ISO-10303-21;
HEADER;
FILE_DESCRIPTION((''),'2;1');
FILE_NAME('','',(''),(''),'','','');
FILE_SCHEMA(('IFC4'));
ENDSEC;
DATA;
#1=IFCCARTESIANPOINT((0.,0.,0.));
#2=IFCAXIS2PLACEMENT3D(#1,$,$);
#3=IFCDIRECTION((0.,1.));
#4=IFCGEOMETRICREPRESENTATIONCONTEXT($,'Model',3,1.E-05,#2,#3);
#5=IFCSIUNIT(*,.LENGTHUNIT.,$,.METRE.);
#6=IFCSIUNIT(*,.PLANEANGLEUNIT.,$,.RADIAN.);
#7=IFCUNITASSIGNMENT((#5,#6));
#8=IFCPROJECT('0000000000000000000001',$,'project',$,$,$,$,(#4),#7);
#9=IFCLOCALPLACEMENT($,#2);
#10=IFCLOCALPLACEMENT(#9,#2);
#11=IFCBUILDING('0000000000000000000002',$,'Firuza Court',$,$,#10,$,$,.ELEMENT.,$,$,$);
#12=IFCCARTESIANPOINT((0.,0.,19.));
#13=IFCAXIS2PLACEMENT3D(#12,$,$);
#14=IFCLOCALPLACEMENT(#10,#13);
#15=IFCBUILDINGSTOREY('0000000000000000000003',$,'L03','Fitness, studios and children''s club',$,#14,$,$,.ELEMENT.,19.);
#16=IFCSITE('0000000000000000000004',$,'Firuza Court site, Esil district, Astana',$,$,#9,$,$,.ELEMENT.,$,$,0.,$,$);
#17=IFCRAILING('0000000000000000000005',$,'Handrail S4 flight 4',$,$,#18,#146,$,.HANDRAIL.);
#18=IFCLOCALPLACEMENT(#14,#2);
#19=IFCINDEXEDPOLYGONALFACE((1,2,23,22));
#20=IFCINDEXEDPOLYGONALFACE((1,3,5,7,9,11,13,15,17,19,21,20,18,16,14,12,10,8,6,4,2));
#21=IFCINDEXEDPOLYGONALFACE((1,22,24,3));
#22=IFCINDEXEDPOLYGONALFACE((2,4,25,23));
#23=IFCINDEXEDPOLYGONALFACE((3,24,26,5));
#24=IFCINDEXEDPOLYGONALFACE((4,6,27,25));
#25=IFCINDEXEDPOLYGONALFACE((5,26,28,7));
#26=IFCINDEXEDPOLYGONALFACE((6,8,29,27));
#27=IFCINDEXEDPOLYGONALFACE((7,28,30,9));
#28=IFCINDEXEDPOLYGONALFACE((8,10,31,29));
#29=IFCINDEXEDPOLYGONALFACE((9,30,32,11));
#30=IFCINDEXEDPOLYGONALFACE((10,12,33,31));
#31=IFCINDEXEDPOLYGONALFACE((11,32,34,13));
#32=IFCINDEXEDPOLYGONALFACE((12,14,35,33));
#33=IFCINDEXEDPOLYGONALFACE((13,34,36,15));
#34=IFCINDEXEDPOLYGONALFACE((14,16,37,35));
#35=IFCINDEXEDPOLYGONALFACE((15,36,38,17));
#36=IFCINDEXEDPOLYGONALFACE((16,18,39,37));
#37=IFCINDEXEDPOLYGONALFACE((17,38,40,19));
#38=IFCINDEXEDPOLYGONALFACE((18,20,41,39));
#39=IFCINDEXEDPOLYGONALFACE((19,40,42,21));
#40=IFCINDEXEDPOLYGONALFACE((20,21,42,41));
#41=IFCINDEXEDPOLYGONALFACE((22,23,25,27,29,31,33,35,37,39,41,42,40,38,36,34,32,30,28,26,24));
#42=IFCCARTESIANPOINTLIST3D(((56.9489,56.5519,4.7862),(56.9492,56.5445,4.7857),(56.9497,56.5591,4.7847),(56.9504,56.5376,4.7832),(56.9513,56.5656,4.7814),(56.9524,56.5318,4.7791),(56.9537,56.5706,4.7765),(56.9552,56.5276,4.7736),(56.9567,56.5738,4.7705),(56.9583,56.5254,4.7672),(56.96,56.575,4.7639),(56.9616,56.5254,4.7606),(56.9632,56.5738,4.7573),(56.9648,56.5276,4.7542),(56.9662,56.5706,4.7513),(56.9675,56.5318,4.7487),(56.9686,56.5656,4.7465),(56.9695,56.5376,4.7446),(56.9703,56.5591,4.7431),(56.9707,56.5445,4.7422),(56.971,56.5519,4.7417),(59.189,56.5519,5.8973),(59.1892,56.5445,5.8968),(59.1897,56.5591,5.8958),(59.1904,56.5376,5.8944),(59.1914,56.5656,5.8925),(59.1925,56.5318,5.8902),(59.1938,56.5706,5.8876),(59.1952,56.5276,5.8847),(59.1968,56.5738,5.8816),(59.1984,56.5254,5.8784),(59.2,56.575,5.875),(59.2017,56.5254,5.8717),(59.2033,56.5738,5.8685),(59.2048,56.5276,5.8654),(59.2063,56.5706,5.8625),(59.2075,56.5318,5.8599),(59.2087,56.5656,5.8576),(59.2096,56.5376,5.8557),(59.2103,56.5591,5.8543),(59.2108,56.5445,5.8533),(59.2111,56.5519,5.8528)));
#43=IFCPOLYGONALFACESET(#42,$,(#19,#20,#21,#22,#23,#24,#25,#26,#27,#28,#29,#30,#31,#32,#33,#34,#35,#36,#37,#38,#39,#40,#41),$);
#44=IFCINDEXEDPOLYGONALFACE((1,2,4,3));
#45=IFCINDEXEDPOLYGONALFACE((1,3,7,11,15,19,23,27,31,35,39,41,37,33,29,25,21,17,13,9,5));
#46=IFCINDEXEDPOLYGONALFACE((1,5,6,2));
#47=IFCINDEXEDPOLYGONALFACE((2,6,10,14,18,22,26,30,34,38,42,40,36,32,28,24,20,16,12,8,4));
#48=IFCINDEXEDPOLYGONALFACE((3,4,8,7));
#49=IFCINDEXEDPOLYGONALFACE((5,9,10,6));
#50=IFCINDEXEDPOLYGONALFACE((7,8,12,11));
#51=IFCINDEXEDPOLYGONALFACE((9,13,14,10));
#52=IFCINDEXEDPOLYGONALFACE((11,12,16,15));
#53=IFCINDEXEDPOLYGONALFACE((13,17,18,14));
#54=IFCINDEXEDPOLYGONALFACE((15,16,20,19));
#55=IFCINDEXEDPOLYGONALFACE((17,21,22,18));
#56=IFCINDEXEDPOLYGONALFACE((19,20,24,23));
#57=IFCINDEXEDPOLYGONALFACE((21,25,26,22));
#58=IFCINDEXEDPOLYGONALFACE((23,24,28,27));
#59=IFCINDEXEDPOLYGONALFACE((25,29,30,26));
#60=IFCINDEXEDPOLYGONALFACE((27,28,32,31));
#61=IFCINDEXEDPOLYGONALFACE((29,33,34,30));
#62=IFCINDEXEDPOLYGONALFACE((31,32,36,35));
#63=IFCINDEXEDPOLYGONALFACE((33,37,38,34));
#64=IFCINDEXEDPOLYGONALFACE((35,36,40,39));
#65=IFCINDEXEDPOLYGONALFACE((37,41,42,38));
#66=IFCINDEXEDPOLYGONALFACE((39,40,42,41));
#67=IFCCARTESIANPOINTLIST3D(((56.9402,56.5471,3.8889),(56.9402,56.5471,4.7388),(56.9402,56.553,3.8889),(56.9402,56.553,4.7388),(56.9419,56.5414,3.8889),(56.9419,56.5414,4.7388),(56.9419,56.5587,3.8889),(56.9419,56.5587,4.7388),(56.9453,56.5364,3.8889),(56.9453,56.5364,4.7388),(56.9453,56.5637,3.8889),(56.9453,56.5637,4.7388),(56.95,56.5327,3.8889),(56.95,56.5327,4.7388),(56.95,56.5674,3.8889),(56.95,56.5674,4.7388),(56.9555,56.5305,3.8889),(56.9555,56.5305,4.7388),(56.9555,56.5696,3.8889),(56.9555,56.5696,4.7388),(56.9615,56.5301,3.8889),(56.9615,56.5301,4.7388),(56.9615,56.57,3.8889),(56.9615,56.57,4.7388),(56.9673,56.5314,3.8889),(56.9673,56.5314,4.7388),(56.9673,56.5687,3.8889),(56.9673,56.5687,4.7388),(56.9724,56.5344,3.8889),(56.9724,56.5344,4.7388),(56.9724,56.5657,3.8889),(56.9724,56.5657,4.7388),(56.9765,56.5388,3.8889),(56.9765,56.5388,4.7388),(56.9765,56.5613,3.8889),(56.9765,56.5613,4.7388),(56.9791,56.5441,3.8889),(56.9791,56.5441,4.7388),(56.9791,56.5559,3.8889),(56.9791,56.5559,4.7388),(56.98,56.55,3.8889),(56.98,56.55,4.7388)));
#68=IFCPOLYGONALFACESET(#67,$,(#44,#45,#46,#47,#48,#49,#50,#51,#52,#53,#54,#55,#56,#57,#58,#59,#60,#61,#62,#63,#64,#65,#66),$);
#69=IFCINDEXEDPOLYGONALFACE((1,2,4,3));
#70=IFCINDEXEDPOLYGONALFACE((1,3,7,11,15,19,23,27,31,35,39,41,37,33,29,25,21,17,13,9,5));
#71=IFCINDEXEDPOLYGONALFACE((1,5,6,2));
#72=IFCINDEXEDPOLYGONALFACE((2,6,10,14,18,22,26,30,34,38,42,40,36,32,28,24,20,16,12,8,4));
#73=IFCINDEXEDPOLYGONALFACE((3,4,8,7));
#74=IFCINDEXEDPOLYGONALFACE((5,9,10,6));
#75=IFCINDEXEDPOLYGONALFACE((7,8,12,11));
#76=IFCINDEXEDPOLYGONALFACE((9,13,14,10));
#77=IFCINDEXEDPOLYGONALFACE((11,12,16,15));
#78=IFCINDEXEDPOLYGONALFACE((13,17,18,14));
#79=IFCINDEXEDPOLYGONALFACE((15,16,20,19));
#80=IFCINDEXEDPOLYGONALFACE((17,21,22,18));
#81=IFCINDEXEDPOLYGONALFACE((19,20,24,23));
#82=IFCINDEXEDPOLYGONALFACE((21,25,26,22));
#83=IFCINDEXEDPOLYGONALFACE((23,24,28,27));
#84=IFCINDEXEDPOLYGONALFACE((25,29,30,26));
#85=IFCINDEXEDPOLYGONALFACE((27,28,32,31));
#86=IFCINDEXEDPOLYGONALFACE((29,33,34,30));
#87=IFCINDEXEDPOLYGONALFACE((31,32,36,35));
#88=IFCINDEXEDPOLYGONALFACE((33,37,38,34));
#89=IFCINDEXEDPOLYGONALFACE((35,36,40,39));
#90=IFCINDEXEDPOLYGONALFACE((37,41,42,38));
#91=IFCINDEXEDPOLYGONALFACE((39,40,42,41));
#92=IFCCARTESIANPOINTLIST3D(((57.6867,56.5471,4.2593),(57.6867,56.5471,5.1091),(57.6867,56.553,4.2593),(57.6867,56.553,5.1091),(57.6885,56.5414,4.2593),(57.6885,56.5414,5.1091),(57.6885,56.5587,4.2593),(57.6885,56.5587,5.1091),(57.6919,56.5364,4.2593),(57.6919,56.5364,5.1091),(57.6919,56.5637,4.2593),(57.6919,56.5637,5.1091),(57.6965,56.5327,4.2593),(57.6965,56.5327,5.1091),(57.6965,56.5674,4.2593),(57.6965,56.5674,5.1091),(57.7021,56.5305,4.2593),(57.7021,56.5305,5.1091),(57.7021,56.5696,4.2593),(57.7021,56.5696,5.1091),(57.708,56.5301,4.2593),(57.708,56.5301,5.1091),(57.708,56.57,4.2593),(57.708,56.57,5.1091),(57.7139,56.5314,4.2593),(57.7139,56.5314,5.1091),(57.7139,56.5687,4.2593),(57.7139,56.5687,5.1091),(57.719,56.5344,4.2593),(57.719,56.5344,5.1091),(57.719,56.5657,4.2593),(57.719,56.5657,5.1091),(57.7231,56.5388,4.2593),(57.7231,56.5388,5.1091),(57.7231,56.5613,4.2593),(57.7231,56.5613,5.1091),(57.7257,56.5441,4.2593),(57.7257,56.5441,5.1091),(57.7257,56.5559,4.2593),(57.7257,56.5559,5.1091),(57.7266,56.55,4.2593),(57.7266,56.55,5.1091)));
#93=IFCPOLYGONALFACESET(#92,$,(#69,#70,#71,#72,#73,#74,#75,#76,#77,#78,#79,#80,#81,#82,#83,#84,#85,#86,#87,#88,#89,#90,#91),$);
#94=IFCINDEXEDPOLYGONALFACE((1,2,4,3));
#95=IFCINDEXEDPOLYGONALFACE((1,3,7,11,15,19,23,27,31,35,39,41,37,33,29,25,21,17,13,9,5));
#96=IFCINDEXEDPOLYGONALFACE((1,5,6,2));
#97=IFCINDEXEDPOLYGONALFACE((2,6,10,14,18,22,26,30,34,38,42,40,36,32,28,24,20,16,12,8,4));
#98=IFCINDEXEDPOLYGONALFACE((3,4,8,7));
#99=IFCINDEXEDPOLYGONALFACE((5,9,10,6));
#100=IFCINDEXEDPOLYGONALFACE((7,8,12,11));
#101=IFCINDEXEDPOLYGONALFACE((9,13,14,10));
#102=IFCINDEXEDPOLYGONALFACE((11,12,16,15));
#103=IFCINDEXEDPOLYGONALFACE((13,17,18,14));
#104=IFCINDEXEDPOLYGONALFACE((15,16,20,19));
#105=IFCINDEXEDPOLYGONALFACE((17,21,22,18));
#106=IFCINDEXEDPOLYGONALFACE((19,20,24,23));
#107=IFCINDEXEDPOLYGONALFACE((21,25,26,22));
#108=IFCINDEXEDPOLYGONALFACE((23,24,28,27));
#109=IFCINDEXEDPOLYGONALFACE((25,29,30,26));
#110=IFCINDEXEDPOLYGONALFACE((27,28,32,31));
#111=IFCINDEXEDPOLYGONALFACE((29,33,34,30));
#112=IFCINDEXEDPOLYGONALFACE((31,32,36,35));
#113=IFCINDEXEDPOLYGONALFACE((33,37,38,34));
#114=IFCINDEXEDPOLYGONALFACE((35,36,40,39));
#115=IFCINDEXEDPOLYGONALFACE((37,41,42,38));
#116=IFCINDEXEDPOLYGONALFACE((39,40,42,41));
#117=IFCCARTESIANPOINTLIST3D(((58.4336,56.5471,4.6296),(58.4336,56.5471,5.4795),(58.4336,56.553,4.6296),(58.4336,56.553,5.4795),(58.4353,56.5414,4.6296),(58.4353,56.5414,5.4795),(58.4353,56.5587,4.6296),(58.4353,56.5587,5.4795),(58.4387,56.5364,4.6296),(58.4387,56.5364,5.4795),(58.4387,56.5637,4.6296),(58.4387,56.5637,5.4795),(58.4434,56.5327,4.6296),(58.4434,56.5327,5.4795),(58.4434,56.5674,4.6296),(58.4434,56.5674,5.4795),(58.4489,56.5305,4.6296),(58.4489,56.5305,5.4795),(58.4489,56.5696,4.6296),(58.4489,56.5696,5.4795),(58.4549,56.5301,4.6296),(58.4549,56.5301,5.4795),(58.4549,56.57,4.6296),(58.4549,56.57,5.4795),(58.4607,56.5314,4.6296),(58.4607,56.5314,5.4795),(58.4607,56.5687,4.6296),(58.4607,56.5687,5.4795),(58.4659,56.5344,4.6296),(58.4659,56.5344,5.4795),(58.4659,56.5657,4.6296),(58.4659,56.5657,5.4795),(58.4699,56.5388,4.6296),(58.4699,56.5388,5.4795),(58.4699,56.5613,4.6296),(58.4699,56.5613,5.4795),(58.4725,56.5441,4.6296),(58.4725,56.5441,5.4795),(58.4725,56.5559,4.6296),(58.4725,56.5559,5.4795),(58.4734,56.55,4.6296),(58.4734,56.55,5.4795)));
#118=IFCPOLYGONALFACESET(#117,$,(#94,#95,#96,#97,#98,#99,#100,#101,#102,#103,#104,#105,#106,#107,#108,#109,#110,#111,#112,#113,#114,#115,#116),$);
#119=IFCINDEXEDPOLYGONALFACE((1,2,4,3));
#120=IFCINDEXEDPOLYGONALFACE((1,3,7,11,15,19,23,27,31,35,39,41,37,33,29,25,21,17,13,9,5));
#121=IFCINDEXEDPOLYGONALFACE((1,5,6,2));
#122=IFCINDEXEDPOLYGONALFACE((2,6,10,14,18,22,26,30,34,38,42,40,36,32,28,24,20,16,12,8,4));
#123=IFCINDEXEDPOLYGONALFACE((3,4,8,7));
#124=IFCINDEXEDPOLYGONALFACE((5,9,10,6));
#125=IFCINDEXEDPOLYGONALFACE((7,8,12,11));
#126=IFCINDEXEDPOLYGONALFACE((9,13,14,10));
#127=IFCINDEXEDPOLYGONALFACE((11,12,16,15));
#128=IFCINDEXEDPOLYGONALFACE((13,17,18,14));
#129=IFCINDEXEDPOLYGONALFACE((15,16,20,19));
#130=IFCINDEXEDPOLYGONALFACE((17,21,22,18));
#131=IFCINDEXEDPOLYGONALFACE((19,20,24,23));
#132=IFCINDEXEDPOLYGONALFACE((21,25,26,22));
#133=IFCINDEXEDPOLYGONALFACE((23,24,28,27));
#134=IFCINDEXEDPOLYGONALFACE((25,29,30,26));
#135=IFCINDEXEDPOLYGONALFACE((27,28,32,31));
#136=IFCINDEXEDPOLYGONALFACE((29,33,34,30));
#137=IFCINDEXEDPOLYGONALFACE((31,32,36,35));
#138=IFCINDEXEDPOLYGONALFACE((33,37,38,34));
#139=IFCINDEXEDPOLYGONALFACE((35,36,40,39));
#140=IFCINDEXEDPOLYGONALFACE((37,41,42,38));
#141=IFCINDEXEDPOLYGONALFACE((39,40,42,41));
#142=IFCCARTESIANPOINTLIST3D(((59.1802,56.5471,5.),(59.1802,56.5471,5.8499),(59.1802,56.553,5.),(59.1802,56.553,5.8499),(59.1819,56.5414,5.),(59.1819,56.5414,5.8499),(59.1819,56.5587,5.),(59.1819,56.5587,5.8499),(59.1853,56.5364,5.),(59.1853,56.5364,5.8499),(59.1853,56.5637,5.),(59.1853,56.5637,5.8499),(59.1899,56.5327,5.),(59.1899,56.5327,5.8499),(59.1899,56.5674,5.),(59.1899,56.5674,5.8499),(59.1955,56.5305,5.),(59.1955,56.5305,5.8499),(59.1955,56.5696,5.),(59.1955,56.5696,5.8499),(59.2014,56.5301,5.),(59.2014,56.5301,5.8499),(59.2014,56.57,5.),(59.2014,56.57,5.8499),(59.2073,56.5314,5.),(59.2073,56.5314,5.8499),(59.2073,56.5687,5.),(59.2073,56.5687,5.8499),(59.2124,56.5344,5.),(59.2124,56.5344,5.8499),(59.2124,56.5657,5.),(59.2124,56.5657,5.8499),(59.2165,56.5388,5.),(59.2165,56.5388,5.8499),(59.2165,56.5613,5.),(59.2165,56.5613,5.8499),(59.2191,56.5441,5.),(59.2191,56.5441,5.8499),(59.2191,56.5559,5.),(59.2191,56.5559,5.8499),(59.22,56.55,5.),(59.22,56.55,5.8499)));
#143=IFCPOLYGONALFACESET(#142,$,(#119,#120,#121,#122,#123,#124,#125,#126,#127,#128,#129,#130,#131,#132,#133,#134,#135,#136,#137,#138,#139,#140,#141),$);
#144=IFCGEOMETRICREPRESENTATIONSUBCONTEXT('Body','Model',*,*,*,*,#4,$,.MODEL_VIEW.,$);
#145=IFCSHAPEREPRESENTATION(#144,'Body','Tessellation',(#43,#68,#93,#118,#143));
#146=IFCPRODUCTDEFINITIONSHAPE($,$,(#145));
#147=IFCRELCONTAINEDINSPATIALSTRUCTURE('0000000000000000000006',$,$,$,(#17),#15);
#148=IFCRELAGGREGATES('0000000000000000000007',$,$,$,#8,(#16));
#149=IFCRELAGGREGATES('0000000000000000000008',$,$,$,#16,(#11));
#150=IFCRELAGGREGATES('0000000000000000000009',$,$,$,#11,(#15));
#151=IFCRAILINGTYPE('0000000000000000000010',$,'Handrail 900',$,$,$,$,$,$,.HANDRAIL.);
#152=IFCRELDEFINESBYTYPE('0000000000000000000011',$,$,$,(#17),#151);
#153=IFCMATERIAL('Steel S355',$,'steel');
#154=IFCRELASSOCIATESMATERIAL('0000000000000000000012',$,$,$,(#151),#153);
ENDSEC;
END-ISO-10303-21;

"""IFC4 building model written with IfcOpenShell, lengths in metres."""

from ifc_helpers import new_model, si_unit, direction, frame, origin, origin_2d, place, context, subcontext, project, spatial, circle, extrude, material, type_object, element, save


model = new_model("IFC4")

# Units and contexts
model_context = context("Model", 3, precision=1e-05, world=origin(), true_north=direction((0.0, 1.0)))
body_context = subcontext(model_context, "Body", "Model", "MODEL_VIEW")
ifc_project = project(units=[si_unit("LENGTHUNIT", "METRE"), si_unit("PLANEANGLEUNIT", "RADIAN")], contexts=[model_context])

# Site, building, storey
site_placement = place(None, origin())
site = spatial("IfcSite", under=ifc_project, at=site_placement, Name="Firuza Court site, Esil district, Astana", CompositionType="ELEMENT", RefElevation=0.0)
building_placement = place(site_placement, origin())
building = spatial("IfcBuilding", under=site, at=building_placement, Name="Firuza Court", CompositionType="ELEMENT")
storey_placement = place(building_placement, frame((0.0, 0.0, 19.0)))
storey = spatial("IfcBuildingStorey", under=building, at=storey_placement, Name="L03", Description="Fitness, studios and children's club", CompositionType="ELEMENT", Elevation=19.0)

# Railing
ifc_material_1 = material(Name="Steel S355", Category="steel")
railing_type_1 = type_object("IfcRailingType", Name="Handrail 900", PredefinedType="HANDRAIL", material=ifc_material_1)
railing_1_placement = place(storey_placement, frame((56.96, 56.55, 3.8889)))
element("IfcRailing", 1, at=railing_1_placement, inside=storey, type_object=railing_type_1, Name="Handrail S4 flight 4", PredefinedType="HANDRAIL", context=body_context, shape_type="SweptSolid", body=[
    extrude(circle(Radius=0.0249, at=origin_2d()), frame((0.0, 0.0, 0.875), z_axis=(0.895848, 0.0, 0.44436), x_axis=(0.0, 1.0, 0.0)), (0.0, 0.0, 1.0), 2.5005),
    extrude(circle(Radius=0.02, at=origin_2d()), origin(), (0.0, 0.0, 1.0), 0.8499),
    extrude(circle(Radius=0.02, at=origin_2d()), frame((0.7466, 0.0, 0.3704)), (0.0, 0.0, 1.0), 0.8499),
    extrude(circle(Radius=0.02, at=origin_2d()), frame((1.4934, 0.0, 0.7407)), (0.0, 0.0, 1.0), 0.8499),
    extrude(circle(Radius=0.02, at=origin_2d()), frame((2.24, 0.0, 1.1111)), (0.0, 0.0, 1.0), 0.8499),
])

save(model, "model.ifc")
